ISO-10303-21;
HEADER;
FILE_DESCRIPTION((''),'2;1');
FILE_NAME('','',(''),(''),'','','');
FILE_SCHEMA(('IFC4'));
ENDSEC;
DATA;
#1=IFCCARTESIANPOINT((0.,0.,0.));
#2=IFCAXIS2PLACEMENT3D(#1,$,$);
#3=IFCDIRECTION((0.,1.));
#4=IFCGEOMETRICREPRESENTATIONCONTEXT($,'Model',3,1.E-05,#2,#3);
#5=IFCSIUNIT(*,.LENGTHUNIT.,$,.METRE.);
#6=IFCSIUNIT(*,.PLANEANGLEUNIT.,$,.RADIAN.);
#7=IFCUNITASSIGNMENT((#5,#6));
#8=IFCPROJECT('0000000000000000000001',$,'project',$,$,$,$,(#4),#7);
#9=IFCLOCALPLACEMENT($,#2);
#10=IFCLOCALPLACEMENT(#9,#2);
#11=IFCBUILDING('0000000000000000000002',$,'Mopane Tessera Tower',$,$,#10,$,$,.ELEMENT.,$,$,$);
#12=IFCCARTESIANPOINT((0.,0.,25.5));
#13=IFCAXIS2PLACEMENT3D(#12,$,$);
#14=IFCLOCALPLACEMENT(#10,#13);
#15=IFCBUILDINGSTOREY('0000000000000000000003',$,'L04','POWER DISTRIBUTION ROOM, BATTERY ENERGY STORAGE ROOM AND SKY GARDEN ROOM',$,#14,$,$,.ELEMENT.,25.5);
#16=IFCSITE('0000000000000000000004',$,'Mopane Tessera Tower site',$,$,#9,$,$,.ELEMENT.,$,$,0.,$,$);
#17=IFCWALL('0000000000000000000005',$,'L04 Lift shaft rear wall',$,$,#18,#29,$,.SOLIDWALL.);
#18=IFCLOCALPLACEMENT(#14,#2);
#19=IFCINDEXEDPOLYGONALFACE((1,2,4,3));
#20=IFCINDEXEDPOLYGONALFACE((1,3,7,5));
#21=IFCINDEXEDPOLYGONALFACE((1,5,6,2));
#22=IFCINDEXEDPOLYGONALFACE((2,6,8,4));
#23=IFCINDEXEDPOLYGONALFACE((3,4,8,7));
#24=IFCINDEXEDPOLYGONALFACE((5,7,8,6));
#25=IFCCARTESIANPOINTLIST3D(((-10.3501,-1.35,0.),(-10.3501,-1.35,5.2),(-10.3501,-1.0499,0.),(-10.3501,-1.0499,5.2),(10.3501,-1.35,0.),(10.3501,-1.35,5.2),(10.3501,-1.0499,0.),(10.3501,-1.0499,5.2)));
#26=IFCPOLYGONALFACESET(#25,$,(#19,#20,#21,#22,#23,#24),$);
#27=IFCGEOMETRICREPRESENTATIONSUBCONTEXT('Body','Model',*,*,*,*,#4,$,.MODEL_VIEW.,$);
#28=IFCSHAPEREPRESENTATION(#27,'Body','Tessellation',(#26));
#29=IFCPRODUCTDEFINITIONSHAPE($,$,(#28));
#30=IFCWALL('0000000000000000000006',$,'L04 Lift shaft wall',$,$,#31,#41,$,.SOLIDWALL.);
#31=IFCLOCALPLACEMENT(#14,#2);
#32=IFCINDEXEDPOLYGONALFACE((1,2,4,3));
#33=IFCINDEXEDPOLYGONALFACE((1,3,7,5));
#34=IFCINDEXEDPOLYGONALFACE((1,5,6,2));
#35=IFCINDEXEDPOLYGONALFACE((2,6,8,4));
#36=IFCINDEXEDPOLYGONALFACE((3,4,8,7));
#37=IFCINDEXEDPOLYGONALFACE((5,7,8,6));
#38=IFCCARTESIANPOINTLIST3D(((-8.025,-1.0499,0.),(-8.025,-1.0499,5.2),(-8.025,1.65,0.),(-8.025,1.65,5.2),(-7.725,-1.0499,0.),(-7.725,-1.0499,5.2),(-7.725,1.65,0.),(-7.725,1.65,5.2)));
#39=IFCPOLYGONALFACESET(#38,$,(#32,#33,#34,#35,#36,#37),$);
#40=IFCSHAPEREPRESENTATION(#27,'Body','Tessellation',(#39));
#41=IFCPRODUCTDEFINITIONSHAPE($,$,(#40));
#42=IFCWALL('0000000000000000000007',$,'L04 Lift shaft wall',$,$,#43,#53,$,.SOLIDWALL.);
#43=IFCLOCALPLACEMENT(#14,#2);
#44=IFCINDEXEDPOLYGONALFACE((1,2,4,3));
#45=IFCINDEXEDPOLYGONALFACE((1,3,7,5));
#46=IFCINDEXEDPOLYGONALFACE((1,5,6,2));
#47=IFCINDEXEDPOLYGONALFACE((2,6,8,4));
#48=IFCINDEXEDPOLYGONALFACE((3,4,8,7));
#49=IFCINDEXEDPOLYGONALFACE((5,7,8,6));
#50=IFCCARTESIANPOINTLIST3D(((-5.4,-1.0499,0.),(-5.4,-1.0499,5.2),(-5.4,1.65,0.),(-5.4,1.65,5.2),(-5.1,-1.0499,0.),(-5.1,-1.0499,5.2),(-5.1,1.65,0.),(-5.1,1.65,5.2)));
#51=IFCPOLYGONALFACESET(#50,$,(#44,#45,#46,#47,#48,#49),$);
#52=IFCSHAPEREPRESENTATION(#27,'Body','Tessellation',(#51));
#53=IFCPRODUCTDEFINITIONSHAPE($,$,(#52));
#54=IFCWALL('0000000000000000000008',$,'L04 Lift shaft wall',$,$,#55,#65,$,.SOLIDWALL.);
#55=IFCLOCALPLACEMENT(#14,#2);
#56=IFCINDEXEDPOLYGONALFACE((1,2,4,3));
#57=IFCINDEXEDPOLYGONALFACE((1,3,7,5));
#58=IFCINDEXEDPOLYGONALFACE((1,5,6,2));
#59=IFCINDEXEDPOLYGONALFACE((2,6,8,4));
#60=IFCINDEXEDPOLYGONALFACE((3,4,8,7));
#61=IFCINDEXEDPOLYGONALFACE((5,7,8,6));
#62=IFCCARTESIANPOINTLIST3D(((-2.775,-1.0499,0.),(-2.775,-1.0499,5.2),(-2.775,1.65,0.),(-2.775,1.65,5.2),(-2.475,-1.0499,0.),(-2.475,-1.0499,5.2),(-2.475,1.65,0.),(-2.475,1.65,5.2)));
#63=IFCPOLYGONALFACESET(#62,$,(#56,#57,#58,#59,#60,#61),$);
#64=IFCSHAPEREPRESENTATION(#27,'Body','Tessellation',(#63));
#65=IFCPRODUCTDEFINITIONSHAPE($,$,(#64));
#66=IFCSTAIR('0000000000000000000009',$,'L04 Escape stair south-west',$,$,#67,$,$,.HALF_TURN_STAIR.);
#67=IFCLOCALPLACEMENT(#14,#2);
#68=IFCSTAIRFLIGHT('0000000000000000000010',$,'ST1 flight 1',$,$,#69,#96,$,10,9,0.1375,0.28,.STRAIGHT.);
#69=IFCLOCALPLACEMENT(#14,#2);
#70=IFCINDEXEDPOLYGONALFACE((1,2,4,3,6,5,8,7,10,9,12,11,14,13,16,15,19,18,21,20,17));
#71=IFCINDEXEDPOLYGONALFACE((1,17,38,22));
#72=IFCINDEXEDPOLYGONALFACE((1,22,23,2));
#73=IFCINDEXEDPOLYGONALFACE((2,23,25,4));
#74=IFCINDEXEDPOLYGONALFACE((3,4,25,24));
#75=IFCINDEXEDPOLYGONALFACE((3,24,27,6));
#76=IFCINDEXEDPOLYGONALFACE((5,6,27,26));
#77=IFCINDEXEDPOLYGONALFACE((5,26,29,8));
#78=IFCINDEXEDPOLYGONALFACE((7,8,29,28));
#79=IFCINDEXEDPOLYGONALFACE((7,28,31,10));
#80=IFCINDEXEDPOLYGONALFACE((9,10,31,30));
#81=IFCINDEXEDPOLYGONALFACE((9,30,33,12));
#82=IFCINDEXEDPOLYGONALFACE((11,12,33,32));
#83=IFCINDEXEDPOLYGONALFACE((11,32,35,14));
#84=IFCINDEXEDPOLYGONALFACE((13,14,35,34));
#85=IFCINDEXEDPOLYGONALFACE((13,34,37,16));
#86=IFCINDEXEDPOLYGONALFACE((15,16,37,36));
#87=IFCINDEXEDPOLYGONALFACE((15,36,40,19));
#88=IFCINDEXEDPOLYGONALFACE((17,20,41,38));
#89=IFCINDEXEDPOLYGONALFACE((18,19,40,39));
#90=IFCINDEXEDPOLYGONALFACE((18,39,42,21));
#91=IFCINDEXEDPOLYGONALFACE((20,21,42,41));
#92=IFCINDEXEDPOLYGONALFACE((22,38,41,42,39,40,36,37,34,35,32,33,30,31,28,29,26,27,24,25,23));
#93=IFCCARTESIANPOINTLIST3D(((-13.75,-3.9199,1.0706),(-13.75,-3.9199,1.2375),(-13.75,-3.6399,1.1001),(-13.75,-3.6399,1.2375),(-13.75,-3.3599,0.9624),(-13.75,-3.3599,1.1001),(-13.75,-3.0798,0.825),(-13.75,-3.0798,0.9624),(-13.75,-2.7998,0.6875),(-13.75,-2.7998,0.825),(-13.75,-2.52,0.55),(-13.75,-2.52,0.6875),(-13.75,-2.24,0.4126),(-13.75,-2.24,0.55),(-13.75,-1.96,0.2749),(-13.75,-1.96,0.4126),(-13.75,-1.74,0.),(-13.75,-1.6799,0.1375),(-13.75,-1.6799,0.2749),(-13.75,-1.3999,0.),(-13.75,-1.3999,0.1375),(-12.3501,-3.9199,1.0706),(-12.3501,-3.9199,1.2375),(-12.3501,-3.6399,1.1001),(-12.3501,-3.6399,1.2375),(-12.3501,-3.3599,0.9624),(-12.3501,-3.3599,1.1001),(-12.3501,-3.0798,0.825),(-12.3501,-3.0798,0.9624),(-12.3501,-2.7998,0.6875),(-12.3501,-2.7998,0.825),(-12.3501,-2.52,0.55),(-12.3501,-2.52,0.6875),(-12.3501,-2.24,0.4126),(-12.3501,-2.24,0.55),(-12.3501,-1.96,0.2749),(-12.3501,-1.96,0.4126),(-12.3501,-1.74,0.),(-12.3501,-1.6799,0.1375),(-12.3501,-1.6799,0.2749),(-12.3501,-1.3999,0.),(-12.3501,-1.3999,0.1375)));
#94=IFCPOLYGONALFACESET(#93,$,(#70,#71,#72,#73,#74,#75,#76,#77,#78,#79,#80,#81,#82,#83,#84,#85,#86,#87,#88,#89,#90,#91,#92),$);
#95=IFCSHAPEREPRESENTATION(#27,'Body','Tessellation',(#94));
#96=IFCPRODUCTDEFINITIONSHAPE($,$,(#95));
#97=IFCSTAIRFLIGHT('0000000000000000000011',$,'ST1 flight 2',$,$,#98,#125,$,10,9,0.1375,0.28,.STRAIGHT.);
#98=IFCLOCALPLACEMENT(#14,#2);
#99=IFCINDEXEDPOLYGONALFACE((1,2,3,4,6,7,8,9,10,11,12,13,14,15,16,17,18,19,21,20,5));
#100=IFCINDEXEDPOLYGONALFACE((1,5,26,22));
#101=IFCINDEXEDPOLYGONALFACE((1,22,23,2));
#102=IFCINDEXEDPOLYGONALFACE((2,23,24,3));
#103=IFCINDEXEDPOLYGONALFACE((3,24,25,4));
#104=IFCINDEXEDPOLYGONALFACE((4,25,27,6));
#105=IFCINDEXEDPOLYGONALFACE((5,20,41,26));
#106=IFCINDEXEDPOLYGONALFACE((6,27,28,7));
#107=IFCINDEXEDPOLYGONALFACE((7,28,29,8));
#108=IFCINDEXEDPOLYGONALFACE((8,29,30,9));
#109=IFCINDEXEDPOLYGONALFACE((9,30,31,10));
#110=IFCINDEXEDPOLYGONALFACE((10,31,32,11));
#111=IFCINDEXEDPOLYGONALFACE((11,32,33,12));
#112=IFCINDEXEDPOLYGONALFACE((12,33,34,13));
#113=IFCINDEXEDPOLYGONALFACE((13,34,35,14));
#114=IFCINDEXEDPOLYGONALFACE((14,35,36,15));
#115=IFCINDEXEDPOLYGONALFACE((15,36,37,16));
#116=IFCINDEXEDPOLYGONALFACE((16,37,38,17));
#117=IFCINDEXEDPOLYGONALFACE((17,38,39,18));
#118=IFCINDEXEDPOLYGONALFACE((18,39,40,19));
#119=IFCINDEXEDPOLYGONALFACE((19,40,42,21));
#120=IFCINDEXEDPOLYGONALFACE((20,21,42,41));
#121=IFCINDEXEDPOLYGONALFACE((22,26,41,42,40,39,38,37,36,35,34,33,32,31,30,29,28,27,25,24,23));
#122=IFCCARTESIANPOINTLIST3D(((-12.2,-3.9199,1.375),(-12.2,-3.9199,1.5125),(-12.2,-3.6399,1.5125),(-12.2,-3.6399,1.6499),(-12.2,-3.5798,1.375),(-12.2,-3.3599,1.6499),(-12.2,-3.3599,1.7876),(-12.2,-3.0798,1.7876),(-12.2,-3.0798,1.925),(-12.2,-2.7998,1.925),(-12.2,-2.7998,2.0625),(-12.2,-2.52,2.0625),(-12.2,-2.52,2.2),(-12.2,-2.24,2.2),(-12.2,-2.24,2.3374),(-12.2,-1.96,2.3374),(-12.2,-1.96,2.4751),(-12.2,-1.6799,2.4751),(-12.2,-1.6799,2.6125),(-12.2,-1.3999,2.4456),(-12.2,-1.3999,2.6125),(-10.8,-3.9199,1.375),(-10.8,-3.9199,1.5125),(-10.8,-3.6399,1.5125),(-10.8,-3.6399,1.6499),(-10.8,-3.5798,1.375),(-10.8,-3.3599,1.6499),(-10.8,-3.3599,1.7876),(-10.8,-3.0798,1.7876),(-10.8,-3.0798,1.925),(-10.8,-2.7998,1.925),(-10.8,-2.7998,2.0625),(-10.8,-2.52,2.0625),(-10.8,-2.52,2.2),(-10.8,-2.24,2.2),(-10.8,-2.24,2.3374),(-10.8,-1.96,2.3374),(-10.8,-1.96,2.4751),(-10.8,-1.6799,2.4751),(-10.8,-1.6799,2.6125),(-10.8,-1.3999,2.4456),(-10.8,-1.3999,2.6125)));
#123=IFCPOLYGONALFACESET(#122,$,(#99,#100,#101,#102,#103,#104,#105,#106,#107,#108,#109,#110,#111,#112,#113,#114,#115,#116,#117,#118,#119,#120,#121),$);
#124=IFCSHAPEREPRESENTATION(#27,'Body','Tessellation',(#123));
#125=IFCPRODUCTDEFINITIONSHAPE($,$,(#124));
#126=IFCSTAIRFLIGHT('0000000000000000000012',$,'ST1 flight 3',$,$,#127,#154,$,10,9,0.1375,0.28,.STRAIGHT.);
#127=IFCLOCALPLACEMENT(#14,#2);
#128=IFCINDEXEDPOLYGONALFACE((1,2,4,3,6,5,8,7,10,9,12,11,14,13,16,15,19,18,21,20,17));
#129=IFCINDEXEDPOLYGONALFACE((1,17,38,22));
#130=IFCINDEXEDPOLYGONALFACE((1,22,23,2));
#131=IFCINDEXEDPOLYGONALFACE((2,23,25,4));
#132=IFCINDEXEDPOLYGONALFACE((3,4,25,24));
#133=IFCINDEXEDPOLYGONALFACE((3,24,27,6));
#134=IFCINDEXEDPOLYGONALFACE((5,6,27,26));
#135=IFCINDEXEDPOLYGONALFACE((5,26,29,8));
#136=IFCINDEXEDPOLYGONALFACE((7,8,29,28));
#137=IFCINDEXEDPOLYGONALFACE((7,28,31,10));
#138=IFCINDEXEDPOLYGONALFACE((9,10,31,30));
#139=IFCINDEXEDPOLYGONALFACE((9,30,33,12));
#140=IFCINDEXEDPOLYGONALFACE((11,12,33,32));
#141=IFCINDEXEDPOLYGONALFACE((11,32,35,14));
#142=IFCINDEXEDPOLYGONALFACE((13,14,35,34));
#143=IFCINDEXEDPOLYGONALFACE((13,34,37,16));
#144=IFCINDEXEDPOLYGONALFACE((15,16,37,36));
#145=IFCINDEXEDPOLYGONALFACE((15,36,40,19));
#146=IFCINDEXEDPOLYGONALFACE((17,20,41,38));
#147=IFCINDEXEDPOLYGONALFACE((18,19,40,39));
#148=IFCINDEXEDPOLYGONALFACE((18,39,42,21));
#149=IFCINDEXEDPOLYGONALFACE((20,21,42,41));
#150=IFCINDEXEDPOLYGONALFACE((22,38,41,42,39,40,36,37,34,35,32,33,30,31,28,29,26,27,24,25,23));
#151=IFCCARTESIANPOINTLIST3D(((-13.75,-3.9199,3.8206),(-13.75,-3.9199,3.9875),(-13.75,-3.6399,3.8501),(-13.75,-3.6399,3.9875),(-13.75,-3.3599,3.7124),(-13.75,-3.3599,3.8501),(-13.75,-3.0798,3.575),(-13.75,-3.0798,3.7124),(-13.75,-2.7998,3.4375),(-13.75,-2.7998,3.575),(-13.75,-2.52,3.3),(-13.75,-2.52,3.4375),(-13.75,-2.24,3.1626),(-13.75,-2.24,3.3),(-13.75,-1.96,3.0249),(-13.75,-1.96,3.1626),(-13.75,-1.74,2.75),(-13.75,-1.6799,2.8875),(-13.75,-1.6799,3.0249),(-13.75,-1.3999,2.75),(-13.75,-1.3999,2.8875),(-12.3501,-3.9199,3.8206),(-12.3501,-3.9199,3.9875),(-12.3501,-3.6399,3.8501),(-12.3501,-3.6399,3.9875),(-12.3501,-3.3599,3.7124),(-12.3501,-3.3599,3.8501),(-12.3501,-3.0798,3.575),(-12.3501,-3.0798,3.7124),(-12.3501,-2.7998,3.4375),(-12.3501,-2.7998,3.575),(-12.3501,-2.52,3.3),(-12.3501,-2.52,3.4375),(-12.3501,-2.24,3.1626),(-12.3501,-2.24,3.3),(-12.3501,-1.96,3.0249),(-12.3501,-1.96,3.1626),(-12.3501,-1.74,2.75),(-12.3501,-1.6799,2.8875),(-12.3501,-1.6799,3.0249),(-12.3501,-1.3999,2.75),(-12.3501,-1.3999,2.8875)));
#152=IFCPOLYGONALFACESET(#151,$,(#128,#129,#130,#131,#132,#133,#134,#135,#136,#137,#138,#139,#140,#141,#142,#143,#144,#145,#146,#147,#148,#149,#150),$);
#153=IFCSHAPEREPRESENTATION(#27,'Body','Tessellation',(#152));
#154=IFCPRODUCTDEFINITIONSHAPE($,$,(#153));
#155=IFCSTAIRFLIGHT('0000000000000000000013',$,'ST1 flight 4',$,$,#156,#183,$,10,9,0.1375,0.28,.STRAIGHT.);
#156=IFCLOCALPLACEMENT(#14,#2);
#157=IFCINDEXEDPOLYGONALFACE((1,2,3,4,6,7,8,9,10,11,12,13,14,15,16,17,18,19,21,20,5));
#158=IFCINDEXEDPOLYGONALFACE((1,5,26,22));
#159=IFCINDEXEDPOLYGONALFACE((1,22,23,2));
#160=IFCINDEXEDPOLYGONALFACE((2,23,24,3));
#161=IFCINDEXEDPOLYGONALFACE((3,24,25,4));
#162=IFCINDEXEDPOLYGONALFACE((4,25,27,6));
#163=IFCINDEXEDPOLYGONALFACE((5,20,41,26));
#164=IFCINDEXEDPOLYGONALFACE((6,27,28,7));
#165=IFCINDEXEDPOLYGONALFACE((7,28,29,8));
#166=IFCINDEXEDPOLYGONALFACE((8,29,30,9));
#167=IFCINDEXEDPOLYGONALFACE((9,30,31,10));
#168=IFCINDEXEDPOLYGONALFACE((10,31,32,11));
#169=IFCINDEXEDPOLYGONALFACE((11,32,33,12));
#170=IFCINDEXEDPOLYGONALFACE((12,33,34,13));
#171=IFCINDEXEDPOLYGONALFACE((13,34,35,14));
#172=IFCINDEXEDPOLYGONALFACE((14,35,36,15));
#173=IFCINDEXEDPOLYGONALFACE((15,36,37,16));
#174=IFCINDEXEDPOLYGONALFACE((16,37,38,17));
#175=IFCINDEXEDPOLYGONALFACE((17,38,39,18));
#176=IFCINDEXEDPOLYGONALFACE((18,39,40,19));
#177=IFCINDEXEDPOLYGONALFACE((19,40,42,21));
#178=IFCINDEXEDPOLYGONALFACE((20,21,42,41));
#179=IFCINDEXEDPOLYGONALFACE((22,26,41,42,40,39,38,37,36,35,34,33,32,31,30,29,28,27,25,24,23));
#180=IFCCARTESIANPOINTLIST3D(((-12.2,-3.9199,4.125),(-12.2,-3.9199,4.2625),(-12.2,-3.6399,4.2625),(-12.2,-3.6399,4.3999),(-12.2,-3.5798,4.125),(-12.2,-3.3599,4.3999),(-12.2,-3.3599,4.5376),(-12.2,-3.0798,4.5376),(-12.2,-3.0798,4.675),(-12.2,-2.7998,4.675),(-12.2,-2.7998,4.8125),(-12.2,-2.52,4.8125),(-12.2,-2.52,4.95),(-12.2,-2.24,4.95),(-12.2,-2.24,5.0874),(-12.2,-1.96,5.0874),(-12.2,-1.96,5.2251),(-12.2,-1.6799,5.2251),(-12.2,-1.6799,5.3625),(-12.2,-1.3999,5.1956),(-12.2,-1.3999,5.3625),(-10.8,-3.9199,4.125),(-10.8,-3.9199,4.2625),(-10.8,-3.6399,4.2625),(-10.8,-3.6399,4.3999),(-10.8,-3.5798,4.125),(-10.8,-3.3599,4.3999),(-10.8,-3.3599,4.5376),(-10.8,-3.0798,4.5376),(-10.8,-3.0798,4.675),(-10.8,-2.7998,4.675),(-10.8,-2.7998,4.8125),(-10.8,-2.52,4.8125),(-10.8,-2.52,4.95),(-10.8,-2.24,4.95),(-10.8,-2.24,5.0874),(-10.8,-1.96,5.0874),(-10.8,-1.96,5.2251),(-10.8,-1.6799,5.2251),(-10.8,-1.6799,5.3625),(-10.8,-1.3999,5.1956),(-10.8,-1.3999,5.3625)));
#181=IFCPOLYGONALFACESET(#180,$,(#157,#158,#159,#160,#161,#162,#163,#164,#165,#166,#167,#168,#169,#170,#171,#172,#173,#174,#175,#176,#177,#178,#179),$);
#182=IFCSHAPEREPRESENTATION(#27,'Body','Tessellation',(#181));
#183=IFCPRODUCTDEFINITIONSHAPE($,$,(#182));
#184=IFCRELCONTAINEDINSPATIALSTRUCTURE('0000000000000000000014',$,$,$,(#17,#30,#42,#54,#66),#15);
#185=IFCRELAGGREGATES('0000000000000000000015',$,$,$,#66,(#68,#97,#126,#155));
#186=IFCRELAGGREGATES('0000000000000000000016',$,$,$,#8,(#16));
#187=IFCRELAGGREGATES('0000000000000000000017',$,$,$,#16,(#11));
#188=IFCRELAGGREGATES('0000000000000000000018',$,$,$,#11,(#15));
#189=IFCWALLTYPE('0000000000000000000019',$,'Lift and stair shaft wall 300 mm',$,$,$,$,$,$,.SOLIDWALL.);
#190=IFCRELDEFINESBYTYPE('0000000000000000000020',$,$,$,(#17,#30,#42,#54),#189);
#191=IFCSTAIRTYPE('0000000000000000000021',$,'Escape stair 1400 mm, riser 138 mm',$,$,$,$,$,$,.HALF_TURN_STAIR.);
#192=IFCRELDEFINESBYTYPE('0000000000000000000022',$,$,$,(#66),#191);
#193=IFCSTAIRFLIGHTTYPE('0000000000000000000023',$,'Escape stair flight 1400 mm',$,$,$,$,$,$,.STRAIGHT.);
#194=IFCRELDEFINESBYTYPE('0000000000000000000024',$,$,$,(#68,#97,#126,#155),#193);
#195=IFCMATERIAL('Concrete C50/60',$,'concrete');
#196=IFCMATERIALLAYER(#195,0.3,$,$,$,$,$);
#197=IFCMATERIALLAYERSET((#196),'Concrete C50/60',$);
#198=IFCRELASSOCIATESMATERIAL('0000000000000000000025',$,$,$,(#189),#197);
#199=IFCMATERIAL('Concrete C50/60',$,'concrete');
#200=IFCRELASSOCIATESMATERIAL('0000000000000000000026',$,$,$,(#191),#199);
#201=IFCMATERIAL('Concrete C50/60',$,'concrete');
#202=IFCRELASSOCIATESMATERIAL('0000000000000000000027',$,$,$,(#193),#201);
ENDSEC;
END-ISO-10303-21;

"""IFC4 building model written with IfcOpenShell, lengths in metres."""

from ifc_helpers import new_model, si_unit, direction, frame, frame_2d, origin, place, context, subcontext, project, spatial, polyline, rectangle, outline, extrude, material, layer, layer_set, type_object, element, aggregate, save


model = new_model("IFC4")

# Units and contexts
model_context = context("Model", 3, precision=1e-05, world=origin(), true_north=direction((0.0, 1.0)))
body_context = subcontext(model_context, "Body", "Model", "MODEL_VIEW")
ifc_project = project(units=[si_unit("LENGTHUNIT", "METRE"), si_unit("PLANEANGLEUNIT", "RADIAN")], contexts=[model_context])

# Site, building, storey
site_placement = place(None, origin())
site = spatial("IfcSite", under=ifc_project, at=site_placement, Name="Mopane Tessera Tower site", CompositionType="ELEMENT", RefElevation=0.0)
building_placement = place(site_placement, origin())
building = spatial("IfcBuilding", under=site, at=building_placement, Name="Mopane Tessera Tower", CompositionType="ELEMENT")
storey_placement = place(building_placement, frame((0.0, 0.0, 25.5)))
storey = spatial("IfcBuildingStorey", under=building, at=storey_placement, Name="L04", Description="POWER DISTRIBUTION ROOM, BATTERY ENERGY STORAGE ROOM AND SKY GARDEN ROOM", CompositionType="ELEMENT", Elevation=25.5)

# Walls
ifc_material_1 = material(Name="Concrete C50/60", Category="concrete")
ifc_layer_1 = layer(ifc_material_1, 0.3)
ifc_layer_set_1 = layer_set([ifc_layer_1], Name="Concrete C50/60")
wall_type_1 = type_object("IfcWallType", Name="Lift and stair shaft wall 300 mm", PredefinedType="SOLIDWALL", material=ifc_layer_set_1)
wall_1_placement = place(storey_placement, frame((-10.3501, -1.2, 0.0), z_axis=(0.0, 0.0, 1.0), x_axis=(1.0, 0.0, 0.0)))
element("IfcWall", 1, at=wall_1_placement, inside=storey, type_object=wall_type_1, Name="L04 Lift shaft rear wall", PredefinedType="SOLIDWALL", context=body_context, shape_type="SweptSolid", body=[
    extrude(rectangle(XDim=20.7002, YDim=0.3, at=frame_2d((10.3501, 0.0))), origin(), (0.0, 0.0, 1.0), 5.2),
])
for number, where, z_axis, x_axis, name in (
    (2, (-7.875, -1.05, 0.0), (0.0, 0.0, 1.0), (0.0, 1.0, 0.0), "L04 Lift shaft wall"),
    (3, (-5.25, -1.05, 0.0), (0.0, 0.0, 1.0), (0.0, 1.0, 0.0), "L04 Lift shaft wall"),
    (4, (-2.625, -1.05, 0.0), (0.0, 0.0, 1.0), (0.0, 1.0, 0.0), "L04 Lift shaft wall"),
):
    element("IfcWall", number, at=place(storey_placement, frame(where, z_axis=z_axis, x_axis=x_axis)), inside=storey, type_object=wall_type_1, Name=name, PredefinedType="SOLIDWALL", context=body_context, shape_type="SweptSolid", body=[
        extrude(rectangle(XDim=2.7, YDim=0.3, at=frame_2d((1.3501, 0.0))), origin(), (0.0, 0.0, 1.0), 5.2),
    ])

# Stair, stair flights
ifc_material_2 = material(Name="Concrete C50/60", Category="concrete")
stair_type = type_object("IfcStairType", Name="Escape stair 1400 mm, riser 138 mm", PredefinedType="HALF_TURN_STAIR", material=ifc_material_2)
stair_placement = place(storey_placement, origin())
stair = element("IfcStair", 5, at=stair_placement, inside=storey, type_object=stair_type, Name="L04 Escape stair south-west", PredefinedType="HALF_TURN_STAIR")
ifc_material_3 = material(Name="Concrete C50/60", Category="concrete")
stair_flight_type = type_object("IfcStairFlightType", Name="Escape stair flight 1400 mm", PredefinedType="STRAIGHT", material=ifc_material_3)
stair_flight_1_placement = place(storey_placement, frame((-13.05, -1.3999, 0.0), z_axis=(0.0, 0.0, 1.0), x_axis=(0.0, -1.0, 0.0)))
stair_flight_1 = element("IfcStairFlight", 6, at=stair_flight_1_placement, type_object=stair_flight_type, Name="ST1 flight 1", NumberOfRisers=10, NumberOfTreads=9, PredefinedType="STRAIGHT", RiserHeight=0.1375, TreadLength=0.28, context=body_context, shape_type="SweptSolid", body=[
    extrude(outline(polyline([(0.0, 0.0), (0.0, 0.1375), (0.28, 0.1375), (0.28, 0.2749), (0.5601, 0.2749), (0.5601, 0.4126), (0.8401, 0.4126), (0.8401, 0.55), (1.1201, 0.55), (1.1201, 0.6875), (1.3999, 0.6875), (1.3999, 0.825), (1.6799, 0.825), (1.6799, 0.9624), (1.96, 0.9624), (1.96, 1.1001), (2.24, 1.1001), (2.24, 1.2375), (2.52, 1.2375), (2.52, 1.375), (2.52, 1.0706), (0.3401, 0.0), (0.0, 0.0)])), frame((0.0, 0.7, 0.0), z_axis=(0.0, -1.0, 0.0), x_axis=(1.0, 0.0, 0.0)), (0.0, 0.0, 1.0), 1.3999),
])
stair_flight_2_placement = place(storey_placement, frame((-11.5, -3.9199, 1.375), z_axis=(0.0, 0.0, 1.0), x_axis=(0.0, 1.0, 0.0)))
stair_flight_2 = element("IfcStairFlight", 7, at=stair_flight_2_placement, type_object=stair_flight_type, Name="ST1 flight 2", NumberOfRisers=10, NumberOfTreads=9, PredefinedType="STRAIGHT", RiserHeight=0.1375, TreadLength=0.28, context=body_context, shape_type="SweptSolid", body=[
    extrude(outline(polyline([(0.0, 0.0), (0.0, 0.1375), (0.28, 0.1375), (0.28, 0.2749), (0.5601, 0.2749), (0.5601, 0.4126), (0.8401, 0.4126), (0.8401, 0.55), (1.1201, 0.55), (1.1201, 0.6875), (1.3999, 0.6875), (1.3999, 0.825), (1.6799, 0.825), (1.6799, 0.9624), (1.96, 0.9624), (1.96, 1.1001), (2.24, 1.1001), (2.24, 1.2375), (2.52, 1.2375), (2.52, 1.375), (2.52, 1.0706), (0.3401, 0.0), (0.0, 0.0)])), frame((0.0, 0.7, 0.0), z_axis=(0.0, -1.0, 0.0), x_axis=(1.0, 0.0, 0.0)), (0.0, 0.0, 1.0), 1.3999),
])
stair_flight_3_placement = place(storey_placement, frame((-13.05, -1.3999, 2.75), z_axis=(0.0, 0.0, 1.0), x_axis=(0.0, -1.0, 0.0)))
stair_flight_3 = element("IfcStairFlight", 8, at=stair_flight_3_placement, type_object=stair_flight_type, Name="ST1 flight 3", NumberOfRisers=10, NumberOfTreads=9, PredefinedType="STRAIGHT", RiserHeight=0.1375, TreadLength=0.28, context=body_context, shape_type="SweptSolid", body=[
    extrude(outline(polyline([(0.0, 0.0), (0.0, 0.1375), (0.28, 0.1375), (0.28, 0.2749), (0.5601, 0.2749), (0.5601, 0.4126), (0.8401, 0.4126), (0.8401, 0.55), (1.1201, 0.55), (1.1201, 0.6875), (1.3999, 0.6875), (1.3999, 0.825), (1.6799, 0.825), (1.6799, 0.9624), (1.96, 0.9624), (1.96, 1.1001), (2.24, 1.1001), (2.24, 1.2375), (2.52, 1.2375), (2.52, 1.375), (2.52, 1.0706), (0.3401, 0.0), (0.0, 0.0)])), frame((0.0, 0.7, 0.0), z_axis=(0.0, -1.0, 0.0), x_axis=(1.0, 0.0, 0.0)), (0.0, 0.0, 1.0), 1.3999),
])
stair_flight_4_placement = place(storey_placement, frame((-11.5, -3.9199, 4.125), z_axis=(0.0, 0.0, 1.0), x_axis=(0.0, 1.0, 0.0)))
stair_flight_4 = element("IfcStairFlight", 9, at=stair_flight_4_placement, type_object=stair_flight_type, Name="ST1 flight 4", NumberOfRisers=10, NumberOfTreads=9, PredefinedType="STRAIGHT", RiserHeight=0.1375, TreadLength=0.28, context=body_context, shape_type="SweptSolid", body=[
    extrude(outline(polyline([(0.0, 0.0), (0.0, 0.1375), (0.28, 0.1375), (0.28, 0.2749), (0.5601, 0.2749), (0.5601, 0.4126), (0.8401, 0.4126), (0.8401, 0.55), (1.1201, 0.55), (1.1201, 0.6875), (1.3999, 0.6875), (1.3999, 0.825), (1.6799, 0.825), (1.6799, 0.9624), (1.96, 0.9624), (1.96, 1.1001), (2.24, 1.1001), (2.24, 1.2375), (2.52, 1.2375), (2.52, 1.375), (2.52, 1.0706), (0.3401, 0.0), (0.0, 0.0)])), frame((0.0, 0.7, 0.0), z_axis=(0.0, -1.0, 0.0), x_axis=(1.0, 0.0, 0.0)), (0.0, 0.0, 1.0), 1.3999),
])
aggregate(stair, [stair_flight_1, stair_flight_2, stair_flight_3, stair_flight_4])

save(model, "model.ifc")
